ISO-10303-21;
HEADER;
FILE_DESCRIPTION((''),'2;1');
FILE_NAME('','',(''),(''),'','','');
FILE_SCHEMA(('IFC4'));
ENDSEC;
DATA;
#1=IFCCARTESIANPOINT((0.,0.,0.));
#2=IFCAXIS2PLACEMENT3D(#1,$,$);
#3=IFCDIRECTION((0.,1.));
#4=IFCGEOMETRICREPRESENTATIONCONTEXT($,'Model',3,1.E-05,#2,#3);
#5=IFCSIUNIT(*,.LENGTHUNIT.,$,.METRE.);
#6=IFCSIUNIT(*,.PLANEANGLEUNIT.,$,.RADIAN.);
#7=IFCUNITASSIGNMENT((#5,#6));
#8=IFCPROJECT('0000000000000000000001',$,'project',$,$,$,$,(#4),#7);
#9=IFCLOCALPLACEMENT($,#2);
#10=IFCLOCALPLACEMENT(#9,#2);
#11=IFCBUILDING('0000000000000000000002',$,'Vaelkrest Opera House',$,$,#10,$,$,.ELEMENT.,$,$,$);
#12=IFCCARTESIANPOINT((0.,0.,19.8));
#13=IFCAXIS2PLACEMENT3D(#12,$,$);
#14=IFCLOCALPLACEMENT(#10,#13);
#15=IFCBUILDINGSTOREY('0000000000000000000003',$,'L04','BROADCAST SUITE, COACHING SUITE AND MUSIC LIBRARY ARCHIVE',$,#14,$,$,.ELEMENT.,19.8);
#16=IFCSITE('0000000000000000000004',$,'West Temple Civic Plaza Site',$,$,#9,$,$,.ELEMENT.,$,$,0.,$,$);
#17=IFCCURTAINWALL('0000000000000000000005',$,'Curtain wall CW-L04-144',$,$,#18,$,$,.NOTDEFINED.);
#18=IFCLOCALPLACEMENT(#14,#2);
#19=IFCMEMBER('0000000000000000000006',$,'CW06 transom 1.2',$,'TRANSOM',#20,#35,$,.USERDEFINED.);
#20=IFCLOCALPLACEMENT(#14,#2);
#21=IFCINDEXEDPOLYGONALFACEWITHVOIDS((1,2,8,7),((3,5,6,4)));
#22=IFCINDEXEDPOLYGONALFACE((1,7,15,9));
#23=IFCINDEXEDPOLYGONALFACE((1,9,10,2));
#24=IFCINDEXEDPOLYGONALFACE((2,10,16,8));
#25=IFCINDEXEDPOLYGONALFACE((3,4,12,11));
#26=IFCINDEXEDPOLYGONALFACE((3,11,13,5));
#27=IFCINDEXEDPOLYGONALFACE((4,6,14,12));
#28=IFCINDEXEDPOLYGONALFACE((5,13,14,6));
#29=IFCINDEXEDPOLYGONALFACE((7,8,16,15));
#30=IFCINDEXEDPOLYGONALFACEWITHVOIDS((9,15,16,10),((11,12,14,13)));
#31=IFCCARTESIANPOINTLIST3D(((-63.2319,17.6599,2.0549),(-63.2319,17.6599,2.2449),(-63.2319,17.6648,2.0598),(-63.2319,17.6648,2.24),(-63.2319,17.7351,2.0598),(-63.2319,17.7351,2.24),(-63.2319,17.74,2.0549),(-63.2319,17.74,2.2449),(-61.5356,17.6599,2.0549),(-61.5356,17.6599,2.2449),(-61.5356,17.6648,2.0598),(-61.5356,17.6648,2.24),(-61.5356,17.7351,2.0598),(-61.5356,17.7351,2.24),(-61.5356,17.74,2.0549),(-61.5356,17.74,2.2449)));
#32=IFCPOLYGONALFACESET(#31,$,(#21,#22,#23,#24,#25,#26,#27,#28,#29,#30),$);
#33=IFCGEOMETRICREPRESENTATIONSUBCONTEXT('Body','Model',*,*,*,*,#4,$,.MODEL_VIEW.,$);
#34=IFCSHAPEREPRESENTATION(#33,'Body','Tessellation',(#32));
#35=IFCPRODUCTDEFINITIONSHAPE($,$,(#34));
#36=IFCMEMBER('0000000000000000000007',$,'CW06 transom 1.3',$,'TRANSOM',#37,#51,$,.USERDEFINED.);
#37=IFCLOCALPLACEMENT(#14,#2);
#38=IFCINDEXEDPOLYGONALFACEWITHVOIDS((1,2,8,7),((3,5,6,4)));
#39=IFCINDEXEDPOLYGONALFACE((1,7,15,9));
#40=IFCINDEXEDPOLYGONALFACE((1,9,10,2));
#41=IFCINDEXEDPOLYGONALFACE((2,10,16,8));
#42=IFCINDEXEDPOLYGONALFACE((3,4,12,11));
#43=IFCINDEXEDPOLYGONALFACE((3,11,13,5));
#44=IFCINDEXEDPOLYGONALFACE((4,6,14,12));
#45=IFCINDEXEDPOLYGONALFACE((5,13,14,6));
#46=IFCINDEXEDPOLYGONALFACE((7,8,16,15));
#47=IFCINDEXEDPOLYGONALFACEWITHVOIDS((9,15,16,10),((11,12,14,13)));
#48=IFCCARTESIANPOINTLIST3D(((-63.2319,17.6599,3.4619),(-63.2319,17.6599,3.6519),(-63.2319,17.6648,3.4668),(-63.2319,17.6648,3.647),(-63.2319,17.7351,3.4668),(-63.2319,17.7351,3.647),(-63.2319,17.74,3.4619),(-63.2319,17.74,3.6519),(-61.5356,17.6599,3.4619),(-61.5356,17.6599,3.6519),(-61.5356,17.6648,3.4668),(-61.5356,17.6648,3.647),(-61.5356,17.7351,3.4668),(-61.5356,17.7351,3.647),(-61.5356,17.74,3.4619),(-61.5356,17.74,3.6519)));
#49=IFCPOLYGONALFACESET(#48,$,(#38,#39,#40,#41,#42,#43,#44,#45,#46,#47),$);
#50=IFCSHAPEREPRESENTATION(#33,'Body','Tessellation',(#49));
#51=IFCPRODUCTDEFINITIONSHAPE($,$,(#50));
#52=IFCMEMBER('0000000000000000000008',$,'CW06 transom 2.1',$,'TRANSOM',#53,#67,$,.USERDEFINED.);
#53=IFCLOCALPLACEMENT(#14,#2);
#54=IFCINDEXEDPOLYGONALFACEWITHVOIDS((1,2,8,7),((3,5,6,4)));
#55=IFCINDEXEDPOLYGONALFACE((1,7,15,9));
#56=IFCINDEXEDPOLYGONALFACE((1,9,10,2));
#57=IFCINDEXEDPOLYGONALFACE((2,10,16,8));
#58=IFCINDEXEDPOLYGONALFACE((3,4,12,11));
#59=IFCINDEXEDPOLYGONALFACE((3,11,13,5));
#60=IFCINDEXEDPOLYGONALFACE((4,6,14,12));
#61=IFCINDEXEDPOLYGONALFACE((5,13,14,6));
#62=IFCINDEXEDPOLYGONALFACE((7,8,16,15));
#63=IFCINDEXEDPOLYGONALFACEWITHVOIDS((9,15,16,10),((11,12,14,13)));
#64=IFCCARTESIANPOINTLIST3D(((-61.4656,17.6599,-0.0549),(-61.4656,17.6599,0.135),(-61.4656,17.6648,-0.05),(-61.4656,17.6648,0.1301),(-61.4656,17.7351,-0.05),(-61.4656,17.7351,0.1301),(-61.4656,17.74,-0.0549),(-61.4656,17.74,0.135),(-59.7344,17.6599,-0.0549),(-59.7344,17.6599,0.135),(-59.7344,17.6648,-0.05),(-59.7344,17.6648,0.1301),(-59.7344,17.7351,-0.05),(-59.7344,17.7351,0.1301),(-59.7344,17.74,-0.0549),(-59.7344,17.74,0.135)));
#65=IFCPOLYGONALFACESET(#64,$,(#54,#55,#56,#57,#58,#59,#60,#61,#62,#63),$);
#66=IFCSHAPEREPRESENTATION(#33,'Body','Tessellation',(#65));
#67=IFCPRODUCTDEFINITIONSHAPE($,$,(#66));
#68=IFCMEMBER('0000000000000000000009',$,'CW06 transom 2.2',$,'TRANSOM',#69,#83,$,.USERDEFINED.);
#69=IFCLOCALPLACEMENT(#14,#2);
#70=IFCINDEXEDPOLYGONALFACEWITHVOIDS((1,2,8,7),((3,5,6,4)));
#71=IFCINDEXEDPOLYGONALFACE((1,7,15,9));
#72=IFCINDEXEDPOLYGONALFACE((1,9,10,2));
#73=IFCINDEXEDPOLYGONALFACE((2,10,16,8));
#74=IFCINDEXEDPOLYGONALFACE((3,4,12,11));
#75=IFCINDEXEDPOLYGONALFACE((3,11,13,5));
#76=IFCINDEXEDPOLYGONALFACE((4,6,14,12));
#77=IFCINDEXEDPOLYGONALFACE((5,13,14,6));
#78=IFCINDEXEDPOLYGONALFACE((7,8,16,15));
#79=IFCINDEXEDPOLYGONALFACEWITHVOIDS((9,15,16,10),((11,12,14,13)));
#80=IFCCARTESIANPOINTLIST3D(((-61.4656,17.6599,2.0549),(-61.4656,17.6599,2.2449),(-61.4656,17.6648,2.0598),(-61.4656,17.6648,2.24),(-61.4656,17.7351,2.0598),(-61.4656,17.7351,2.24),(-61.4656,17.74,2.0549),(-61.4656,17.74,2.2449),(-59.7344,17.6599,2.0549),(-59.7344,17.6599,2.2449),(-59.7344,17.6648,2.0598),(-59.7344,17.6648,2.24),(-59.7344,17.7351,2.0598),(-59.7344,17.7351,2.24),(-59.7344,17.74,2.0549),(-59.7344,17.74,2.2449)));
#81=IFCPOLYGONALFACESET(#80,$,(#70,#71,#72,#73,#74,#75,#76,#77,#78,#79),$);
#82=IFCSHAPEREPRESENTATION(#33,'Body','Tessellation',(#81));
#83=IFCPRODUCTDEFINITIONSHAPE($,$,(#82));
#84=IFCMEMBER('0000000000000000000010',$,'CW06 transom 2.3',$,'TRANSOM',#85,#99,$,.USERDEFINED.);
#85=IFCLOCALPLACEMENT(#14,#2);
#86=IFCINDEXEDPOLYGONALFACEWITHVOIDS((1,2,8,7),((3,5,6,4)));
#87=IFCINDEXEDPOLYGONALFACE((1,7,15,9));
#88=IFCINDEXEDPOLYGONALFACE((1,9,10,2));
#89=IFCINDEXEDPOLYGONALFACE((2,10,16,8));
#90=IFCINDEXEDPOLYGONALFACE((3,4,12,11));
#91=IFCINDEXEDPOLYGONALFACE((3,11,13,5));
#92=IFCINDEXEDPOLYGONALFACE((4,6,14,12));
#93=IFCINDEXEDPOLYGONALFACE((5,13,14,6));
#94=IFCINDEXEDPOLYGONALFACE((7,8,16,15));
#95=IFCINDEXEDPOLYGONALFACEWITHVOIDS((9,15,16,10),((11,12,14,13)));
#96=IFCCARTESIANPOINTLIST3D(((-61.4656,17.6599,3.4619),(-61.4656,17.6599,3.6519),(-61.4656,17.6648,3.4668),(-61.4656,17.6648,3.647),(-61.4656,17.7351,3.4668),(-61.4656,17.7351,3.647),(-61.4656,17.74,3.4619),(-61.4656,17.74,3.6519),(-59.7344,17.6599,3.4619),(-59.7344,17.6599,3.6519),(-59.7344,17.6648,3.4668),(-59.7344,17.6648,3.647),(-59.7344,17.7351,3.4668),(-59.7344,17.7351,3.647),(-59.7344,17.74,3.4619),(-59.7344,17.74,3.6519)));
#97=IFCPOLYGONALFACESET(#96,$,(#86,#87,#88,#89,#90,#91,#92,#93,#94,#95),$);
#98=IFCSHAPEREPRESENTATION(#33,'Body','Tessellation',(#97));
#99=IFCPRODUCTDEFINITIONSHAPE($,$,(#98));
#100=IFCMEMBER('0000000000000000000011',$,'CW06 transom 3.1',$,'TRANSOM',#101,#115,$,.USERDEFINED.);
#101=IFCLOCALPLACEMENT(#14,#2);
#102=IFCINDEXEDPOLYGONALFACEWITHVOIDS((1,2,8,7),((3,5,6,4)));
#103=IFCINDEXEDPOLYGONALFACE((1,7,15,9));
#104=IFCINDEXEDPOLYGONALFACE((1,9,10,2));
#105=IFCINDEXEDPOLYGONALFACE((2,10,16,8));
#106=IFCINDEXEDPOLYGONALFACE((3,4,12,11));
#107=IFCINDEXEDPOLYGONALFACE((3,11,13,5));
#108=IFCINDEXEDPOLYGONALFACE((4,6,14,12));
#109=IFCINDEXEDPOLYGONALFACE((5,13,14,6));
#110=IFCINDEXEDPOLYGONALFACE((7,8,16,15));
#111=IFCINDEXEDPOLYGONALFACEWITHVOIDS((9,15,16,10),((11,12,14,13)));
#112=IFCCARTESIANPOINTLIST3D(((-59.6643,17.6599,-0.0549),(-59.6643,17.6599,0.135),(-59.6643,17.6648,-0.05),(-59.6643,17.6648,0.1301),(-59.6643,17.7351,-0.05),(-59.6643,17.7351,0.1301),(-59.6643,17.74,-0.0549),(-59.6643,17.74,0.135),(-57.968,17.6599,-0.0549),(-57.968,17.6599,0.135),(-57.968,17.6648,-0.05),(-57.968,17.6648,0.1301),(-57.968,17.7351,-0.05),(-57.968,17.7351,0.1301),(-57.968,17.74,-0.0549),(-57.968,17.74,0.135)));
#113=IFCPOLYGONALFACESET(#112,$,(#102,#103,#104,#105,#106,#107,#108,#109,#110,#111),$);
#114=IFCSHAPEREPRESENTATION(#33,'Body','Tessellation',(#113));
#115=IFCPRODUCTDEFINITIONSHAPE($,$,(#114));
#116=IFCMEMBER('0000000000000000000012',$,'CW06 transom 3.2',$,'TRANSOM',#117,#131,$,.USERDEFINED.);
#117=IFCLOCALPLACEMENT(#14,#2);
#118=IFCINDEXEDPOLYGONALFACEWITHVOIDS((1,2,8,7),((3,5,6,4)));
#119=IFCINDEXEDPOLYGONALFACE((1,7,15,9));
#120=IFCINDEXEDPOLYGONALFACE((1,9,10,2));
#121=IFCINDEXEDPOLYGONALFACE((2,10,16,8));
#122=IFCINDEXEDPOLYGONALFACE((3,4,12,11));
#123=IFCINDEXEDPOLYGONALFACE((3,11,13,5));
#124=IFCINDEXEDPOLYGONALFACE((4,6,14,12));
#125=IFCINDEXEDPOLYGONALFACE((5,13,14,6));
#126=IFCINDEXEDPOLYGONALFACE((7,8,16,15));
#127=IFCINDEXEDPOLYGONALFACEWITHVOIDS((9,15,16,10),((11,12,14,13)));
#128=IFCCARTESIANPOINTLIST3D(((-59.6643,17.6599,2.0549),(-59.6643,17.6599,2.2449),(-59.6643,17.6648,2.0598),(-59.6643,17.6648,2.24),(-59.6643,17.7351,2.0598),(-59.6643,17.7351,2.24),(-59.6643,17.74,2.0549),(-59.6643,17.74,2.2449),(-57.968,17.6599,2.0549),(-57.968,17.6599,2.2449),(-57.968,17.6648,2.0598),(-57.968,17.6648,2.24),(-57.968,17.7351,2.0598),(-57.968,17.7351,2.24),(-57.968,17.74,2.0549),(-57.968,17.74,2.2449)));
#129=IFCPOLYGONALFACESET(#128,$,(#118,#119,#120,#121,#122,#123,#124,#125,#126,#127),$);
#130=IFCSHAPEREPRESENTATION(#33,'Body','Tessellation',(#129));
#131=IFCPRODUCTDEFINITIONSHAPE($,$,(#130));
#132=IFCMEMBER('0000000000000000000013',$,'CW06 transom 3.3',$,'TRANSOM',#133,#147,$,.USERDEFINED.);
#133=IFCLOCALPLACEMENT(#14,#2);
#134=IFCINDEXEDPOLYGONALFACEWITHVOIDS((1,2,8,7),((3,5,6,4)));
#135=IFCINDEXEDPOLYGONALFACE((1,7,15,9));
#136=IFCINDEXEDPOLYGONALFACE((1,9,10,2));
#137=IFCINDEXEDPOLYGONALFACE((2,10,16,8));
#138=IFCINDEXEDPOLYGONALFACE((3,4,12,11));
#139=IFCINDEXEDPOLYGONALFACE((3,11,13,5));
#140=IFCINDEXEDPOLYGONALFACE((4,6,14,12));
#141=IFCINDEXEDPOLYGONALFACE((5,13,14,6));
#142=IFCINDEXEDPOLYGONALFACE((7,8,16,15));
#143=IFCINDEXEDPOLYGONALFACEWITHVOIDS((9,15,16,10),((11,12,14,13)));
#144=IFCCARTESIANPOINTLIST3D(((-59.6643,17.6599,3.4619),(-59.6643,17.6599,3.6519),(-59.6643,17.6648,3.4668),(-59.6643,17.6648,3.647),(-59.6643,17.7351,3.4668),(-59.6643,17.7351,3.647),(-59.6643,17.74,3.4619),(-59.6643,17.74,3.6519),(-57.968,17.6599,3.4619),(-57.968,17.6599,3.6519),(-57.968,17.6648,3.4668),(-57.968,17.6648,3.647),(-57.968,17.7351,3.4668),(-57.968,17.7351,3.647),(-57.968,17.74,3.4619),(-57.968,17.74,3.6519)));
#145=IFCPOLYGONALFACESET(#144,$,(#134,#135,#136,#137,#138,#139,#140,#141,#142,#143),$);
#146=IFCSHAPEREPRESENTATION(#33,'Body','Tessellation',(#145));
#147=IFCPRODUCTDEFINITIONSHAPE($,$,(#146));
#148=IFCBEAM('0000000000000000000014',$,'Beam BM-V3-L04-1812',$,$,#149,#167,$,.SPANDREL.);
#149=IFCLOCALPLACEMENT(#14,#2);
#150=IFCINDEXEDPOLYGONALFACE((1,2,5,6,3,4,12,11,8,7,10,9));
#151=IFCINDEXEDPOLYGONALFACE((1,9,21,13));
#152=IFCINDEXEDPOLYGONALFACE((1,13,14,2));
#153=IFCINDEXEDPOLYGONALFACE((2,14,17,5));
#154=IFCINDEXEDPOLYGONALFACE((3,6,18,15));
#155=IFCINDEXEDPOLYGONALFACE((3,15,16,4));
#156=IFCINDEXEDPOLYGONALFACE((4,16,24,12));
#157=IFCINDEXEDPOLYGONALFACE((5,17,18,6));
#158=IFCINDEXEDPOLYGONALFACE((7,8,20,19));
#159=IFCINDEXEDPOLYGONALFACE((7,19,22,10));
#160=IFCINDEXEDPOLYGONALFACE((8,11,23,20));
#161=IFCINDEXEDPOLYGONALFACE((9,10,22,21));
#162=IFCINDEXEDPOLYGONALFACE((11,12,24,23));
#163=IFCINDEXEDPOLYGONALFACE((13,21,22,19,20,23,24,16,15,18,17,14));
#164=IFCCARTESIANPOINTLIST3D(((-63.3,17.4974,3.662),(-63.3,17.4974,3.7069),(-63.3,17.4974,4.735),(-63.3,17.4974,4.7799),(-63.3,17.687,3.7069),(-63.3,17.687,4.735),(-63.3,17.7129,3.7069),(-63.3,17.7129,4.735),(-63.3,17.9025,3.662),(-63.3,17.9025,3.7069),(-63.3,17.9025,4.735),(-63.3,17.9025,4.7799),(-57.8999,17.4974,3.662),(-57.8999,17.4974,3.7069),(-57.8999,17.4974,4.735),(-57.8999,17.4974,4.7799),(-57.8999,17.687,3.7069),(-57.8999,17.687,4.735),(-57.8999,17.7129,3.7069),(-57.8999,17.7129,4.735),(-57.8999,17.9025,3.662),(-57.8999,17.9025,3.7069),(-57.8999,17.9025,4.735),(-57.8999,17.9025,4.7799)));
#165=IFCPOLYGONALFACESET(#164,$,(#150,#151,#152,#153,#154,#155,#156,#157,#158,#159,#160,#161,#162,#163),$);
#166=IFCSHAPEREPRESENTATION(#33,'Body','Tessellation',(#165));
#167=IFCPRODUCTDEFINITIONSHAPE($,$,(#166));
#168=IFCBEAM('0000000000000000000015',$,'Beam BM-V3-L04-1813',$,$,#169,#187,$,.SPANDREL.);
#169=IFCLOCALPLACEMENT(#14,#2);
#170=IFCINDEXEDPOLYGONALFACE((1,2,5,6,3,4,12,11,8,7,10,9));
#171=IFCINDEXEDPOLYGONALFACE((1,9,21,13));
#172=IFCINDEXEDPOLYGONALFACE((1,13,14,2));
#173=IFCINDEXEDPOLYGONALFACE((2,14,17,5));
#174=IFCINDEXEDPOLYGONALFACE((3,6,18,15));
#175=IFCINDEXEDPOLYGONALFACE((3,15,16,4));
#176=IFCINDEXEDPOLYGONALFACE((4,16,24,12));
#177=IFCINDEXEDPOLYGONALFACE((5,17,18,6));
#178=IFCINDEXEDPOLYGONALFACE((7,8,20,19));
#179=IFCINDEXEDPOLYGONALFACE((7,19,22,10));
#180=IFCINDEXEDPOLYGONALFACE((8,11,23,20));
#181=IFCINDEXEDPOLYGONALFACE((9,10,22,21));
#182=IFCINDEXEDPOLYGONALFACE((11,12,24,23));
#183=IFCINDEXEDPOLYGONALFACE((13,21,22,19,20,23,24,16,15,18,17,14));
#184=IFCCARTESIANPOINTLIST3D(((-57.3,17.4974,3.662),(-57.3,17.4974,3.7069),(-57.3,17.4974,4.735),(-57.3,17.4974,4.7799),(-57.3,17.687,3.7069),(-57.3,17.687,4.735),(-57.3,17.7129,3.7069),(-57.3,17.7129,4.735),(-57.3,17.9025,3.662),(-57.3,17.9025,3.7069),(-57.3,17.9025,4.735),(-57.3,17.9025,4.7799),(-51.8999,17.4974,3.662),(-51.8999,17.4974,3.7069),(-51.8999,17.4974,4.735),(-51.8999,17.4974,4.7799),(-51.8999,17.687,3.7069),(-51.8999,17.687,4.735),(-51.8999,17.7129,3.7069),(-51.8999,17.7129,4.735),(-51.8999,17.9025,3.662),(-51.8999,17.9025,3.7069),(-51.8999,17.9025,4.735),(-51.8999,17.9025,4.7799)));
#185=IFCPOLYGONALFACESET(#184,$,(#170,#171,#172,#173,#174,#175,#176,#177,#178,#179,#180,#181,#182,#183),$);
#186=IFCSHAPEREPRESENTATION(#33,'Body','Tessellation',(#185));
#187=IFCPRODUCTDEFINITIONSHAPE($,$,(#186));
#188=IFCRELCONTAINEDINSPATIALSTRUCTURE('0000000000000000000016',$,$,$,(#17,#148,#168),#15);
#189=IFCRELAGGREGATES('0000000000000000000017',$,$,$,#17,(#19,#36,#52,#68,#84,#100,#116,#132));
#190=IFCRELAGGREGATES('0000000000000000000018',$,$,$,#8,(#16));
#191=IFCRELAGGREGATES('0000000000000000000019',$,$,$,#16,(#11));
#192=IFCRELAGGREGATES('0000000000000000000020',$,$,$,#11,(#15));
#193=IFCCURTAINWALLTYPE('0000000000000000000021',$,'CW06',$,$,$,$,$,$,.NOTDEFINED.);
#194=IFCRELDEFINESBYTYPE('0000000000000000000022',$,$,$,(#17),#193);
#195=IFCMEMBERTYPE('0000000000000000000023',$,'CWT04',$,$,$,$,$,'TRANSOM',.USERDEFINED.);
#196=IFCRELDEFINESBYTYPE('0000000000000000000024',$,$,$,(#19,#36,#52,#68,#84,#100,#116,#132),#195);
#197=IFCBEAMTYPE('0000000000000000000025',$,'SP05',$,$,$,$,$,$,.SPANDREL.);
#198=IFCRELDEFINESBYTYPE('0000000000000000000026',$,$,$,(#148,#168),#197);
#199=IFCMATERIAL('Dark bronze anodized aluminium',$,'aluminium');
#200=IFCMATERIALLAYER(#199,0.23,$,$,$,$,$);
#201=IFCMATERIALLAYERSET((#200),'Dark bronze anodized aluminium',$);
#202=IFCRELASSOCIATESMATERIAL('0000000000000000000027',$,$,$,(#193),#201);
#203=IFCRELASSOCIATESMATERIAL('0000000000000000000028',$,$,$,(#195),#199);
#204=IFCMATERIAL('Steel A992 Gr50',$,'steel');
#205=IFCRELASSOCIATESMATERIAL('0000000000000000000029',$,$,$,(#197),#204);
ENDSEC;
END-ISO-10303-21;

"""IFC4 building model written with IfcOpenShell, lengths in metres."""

from ifc_helpers import new_model, si_unit, direction, frame, origin, origin_2d, place, context, subcontext, project, spatial, hollow_rectangle, i_section, extrude, material, layer, layer_set, material_profile, profile_set, type_object, element, aggregate, save


model = new_model("IFC4")

# Units and contexts
model_context = context("Model", 3, precision=1e-05, world=origin(), true_north=direction((0.0, 1.0)))
body_context = subcontext(model_context, "Body", "Model", "MODEL_VIEW")
ifc_project = project(units=[si_unit("LENGTHUNIT", "METRE"), si_unit("PLANEANGLEUNIT", "RADIAN")], contexts=[model_context])

# Site, building, storey
site_placement = place(None, origin())
site = spatial("IfcSite", under=ifc_project, at=site_placement, Name="West Temple Civic Plaza Site", CompositionType="ELEMENT", RefElevation=0.0)
building_placement = place(site_placement, origin())
building = spatial("IfcBuilding", under=site, at=building_placement, Name="Vaelkrest Opera House", CompositionType="ELEMENT")
storey_placement = place(building_placement, frame((0.0, 0.0, 19.8)))
storey = spatial("IfcBuildingStorey", under=building, at=storey_placement, Name="L04", Description="BROADCAST SUITE, COACHING SUITE AND MUSIC LIBRARY ARCHIVE", CompositionType="ELEMENT", Elevation=19.8)

# Curtain wall
ifc_material_1 = material(Name="Dark bronze anodized aluminium", Category="aluminium")
ifc_layer_1 = layer(ifc_material_1, 0.23)
ifc_layer_set_1 = layer_set([ifc_layer_1], Name="Dark bronze anodized aluminium")
curtain_wall_type_1 = type_object("IfcCurtainWallType", Name="CW06", PredefinedType="NOTDEFINED", material=ifc_layer_set_1)
curtain_wall_1_placement = place(storey_placement, origin())
curtain_wall_1 = element("IfcCurtainWall", 1, at=curtain_wall_1_placement, inside=storey, type_object=curtain_wall_type_1, Name="Curtain wall CW-L04-144", PredefinedType="NOTDEFINED")

# Members
ifc_material_profile_1 = material_profile(ifc_material_1, hollow_rectangle(XDim=0.0801, YDim=0.1899, WallThickness=0.0049, at=origin_2d()), Name="CWT80X190")
ifc_profile_set_1 = profile_set([ifc_material_profile_1], Name="Dark bronze anodized aluminium")
member_type_1 = type_object("IfcMemberType", Name="CWT04", ElementType="TRANSOM", PredefinedType="USERDEFINED", material=ifc_profile_set_1)
member_1_placement = place(storey_placement, frame((-63.2319, 17.7, 2.1499), z_axis=(1.0, 0.0, 0.0), x_axis=(0.0, 1.0, 0.0)))
member_1 = element("IfcMember", 2, at=member_1_placement, type_object=member_type_1, Name="CW06 transom 1.2", ObjectType="TRANSOM", PredefinedType="USERDEFINED", context=body_context, shape_type="SweptSolid", body=[
    extrude(hollow_rectangle(XDim=0.0801, YDim=0.1899, WallThickness=0.0049, at=origin_2d()), origin(), (0.0, 0.0, 1.0), 1.6963),
])
member_2_placement = place(storey_placement, frame((-63.2319, 17.7, 3.5569), z_axis=(1.0, 0.0, 0.0), x_axis=(0.0, 1.0, 0.0)))
member_2 = element("IfcMember", 3, at=member_2_placement, type_object=member_type_1, Name="CW06 transom 1.3", ObjectType="TRANSOM", PredefinedType="USERDEFINED", context=body_context, shape_type="SweptSolid", body=[
    extrude(hollow_rectangle(XDim=0.0801, YDim=0.1899, WallThickness=0.0049, at=origin_2d()), origin(), (0.0, 0.0, 1.0), 1.6963),
])
member_3_placement = place(storey_placement, frame((-61.4656, 17.7, 0.04), z_axis=(1.0, 0.0, 0.0), x_axis=(0.0, 1.0, 0.0)))
member_3 = element("IfcMember", 4, at=member_3_placement, type_object=member_type_1, Name="CW06 transom 2.1", ObjectType="TRANSOM", PredefinedType="USERDEFINED", context=body_context, shape_type="SweptSolid", body=[
    extrude(hollow_rectangle(XDim=0.0801, YDim=0.1899, WallThickness=0.0049, at=origin_2d()), origin(), (0.0, 0.0, 1.0), 1.7312),
])
member_4_placement = place(storey_placement, frame((-61.4656, 17.7, 2.1499), z_axis=(1.0, 0.0, 0.0), x_axis=(0.0, 1.0, 0.0)))
member_4 = element("IfcMember", 5, at=member_4_placement, type_object=member_type_1, Name="CW06 transom 2.2", ObjectType="TRANSOM", PredefinedType="USERDEFINED", context=body_context, shape_type="SweptSolid", body=[
    extrude(hollow_rectangle(XDim=0.0801, YDim=0.1899, WallThickness=0.0049, at=origin_2d()), origin(), (0.0, 0.0, 1.0), 1.7312),
])
member_5_placement = place(storey_placement, frame((-61.4656, 17.7, 3.5569), z_axis=(1.0, 0.0, 0.0), x_axis=(0.0, 1.0, 0.0)))
member_5 = element("IfcMember", 6, at=member_5_placement, type_object=member_type_1, Name="CW06 transom 2.3", ObjectType="TRANSOM", PredefinedType="USERDEFINED", context=body_context, shape_type="SweptSolid", body=[
    extrude(hollow_rectangle(XDim=0.0801, YDim=0.1899, WallThickness=0.0049, at=origin_2d()), origin(), (0.0, 0.0, 1.0), 1.7312),
])
member_6_placement = place(storey_placement, frame((-59.6643, 17.7, 0.04), z_axis=(1.0, 0.0, 0.0), x_axis=(0.0, 1.0, 0.0)))
member_6 = element("IfcMember", 7, at=member_6_placement, type_object=member_type_1, Name="CW06 transom 3.1", ObjectType="TRANSOM", PredefinedType="USERDEFINED", context=body_context, shape_type="SweptSolid", body=[
    extrude(hollow_rectangle(XDim=0.0801, YDim=0.1899, WallThickness=0.0049, at=origin_2d()), origin(), (0.0, 0.0, 1.0), 1.6963),
])
member_7_placement = place(storey_placement, frame((-59.6643, 17.7, 2.1499), z_axis=(1.0, 0.0, 0.0), x_axis=(0.0, 1.0, 0.0)))
member_7 = element("IfcMember", 8, at=member_7_placement, type_object=member_type_1, Name="CW06 transom 3.2", ObjectType="TRANSOM", PredefinedType="USERDEFINED", context=body_context, shape_type="SweptSolid", body=[
    extrude(hollow_rectangle(XDim=0.0801, YDim=0.1899, WallThickness=0.0049, at=origin_2d()), origin(), (0.0, 0.0, 1.0), 1.6963),
])
member_8_placement = place(storey_placement, frame((-59.6643, 17.7, 3.5569), z_axis=(1.0, 0.0, 0.0), x_axis=(0.0, 1.0, 0.0)))
member_8 = element("IfcMember", 9, at=member_8_placement, type_object=member_type_1, Name="CW06 transom 3.3", ObjectType="TRANSOM", PredefinedType="USERDEFINED", context=body_context, shape_type="SweptSolid", body=[
    extrude(hollow_rectangle(XDim=0.0801, YDim=0.1899, WallThickness=0.0049, at=origin_2d()), origin(), (0.0, 0.0, 1.0), 1.6963),
])

# Beams
ifc_material_2 = material(Name="Steel A992 Gr50", Category="steel")
ifc_material_profile_2 = material_profile(ifc_material_2, i_section(OverallWidth=0.405, OverallDepth=1.1179, WebThickness=0.0259, FlangeThickness=0.0449, at=origin_2d()), Name="W44X335")
ifc_profile_set_2 = profile_set([ifc_material_profile_2], Name="Steel A992 Gr50")
beam_type = type_object("IfcBeamType", Name="SP05", PredefinedType="SPANDREL", material=ifc_profile_set_2)
for number, where, z_axis, x_axis, name in (
    (10, (-63.3, 17.7, 4.2209), (1.0, 0.0, 0.0), (0.0, 1.0, 0.0), "Beam BM-V3-L04-1812"),
    (11, (-57.3, 17.7, 4.2209), (1.0, 0.0, 0.0), (0.0, 1.0, 0.0), "Beam BM-V3-L04-1813"),
):
    element("IfcBeam", number, at=place(storey_placement, frame(where, z_axis=z_axis, x_axis=x_axis)), inside=storey, type_object=beam_type, Name=name, PredefinedType="SPANDREL", context=body_context, shape_type="SweptSolid", body=[
        extrude(i_section(OverallWidth=0.405, OverallDepth=1.1179, WebThickness=0.0259, FlangeThickness=0.0449, at=origin_2d()), origin(), (0.0, 0.0, 1.0), 5.4001),
    ])

aggregate(curtain_wall_1, [member_1, member_2, member_3, member_4, member_5, member_6, member_7, member_8])

save(model, "model.ifc")
